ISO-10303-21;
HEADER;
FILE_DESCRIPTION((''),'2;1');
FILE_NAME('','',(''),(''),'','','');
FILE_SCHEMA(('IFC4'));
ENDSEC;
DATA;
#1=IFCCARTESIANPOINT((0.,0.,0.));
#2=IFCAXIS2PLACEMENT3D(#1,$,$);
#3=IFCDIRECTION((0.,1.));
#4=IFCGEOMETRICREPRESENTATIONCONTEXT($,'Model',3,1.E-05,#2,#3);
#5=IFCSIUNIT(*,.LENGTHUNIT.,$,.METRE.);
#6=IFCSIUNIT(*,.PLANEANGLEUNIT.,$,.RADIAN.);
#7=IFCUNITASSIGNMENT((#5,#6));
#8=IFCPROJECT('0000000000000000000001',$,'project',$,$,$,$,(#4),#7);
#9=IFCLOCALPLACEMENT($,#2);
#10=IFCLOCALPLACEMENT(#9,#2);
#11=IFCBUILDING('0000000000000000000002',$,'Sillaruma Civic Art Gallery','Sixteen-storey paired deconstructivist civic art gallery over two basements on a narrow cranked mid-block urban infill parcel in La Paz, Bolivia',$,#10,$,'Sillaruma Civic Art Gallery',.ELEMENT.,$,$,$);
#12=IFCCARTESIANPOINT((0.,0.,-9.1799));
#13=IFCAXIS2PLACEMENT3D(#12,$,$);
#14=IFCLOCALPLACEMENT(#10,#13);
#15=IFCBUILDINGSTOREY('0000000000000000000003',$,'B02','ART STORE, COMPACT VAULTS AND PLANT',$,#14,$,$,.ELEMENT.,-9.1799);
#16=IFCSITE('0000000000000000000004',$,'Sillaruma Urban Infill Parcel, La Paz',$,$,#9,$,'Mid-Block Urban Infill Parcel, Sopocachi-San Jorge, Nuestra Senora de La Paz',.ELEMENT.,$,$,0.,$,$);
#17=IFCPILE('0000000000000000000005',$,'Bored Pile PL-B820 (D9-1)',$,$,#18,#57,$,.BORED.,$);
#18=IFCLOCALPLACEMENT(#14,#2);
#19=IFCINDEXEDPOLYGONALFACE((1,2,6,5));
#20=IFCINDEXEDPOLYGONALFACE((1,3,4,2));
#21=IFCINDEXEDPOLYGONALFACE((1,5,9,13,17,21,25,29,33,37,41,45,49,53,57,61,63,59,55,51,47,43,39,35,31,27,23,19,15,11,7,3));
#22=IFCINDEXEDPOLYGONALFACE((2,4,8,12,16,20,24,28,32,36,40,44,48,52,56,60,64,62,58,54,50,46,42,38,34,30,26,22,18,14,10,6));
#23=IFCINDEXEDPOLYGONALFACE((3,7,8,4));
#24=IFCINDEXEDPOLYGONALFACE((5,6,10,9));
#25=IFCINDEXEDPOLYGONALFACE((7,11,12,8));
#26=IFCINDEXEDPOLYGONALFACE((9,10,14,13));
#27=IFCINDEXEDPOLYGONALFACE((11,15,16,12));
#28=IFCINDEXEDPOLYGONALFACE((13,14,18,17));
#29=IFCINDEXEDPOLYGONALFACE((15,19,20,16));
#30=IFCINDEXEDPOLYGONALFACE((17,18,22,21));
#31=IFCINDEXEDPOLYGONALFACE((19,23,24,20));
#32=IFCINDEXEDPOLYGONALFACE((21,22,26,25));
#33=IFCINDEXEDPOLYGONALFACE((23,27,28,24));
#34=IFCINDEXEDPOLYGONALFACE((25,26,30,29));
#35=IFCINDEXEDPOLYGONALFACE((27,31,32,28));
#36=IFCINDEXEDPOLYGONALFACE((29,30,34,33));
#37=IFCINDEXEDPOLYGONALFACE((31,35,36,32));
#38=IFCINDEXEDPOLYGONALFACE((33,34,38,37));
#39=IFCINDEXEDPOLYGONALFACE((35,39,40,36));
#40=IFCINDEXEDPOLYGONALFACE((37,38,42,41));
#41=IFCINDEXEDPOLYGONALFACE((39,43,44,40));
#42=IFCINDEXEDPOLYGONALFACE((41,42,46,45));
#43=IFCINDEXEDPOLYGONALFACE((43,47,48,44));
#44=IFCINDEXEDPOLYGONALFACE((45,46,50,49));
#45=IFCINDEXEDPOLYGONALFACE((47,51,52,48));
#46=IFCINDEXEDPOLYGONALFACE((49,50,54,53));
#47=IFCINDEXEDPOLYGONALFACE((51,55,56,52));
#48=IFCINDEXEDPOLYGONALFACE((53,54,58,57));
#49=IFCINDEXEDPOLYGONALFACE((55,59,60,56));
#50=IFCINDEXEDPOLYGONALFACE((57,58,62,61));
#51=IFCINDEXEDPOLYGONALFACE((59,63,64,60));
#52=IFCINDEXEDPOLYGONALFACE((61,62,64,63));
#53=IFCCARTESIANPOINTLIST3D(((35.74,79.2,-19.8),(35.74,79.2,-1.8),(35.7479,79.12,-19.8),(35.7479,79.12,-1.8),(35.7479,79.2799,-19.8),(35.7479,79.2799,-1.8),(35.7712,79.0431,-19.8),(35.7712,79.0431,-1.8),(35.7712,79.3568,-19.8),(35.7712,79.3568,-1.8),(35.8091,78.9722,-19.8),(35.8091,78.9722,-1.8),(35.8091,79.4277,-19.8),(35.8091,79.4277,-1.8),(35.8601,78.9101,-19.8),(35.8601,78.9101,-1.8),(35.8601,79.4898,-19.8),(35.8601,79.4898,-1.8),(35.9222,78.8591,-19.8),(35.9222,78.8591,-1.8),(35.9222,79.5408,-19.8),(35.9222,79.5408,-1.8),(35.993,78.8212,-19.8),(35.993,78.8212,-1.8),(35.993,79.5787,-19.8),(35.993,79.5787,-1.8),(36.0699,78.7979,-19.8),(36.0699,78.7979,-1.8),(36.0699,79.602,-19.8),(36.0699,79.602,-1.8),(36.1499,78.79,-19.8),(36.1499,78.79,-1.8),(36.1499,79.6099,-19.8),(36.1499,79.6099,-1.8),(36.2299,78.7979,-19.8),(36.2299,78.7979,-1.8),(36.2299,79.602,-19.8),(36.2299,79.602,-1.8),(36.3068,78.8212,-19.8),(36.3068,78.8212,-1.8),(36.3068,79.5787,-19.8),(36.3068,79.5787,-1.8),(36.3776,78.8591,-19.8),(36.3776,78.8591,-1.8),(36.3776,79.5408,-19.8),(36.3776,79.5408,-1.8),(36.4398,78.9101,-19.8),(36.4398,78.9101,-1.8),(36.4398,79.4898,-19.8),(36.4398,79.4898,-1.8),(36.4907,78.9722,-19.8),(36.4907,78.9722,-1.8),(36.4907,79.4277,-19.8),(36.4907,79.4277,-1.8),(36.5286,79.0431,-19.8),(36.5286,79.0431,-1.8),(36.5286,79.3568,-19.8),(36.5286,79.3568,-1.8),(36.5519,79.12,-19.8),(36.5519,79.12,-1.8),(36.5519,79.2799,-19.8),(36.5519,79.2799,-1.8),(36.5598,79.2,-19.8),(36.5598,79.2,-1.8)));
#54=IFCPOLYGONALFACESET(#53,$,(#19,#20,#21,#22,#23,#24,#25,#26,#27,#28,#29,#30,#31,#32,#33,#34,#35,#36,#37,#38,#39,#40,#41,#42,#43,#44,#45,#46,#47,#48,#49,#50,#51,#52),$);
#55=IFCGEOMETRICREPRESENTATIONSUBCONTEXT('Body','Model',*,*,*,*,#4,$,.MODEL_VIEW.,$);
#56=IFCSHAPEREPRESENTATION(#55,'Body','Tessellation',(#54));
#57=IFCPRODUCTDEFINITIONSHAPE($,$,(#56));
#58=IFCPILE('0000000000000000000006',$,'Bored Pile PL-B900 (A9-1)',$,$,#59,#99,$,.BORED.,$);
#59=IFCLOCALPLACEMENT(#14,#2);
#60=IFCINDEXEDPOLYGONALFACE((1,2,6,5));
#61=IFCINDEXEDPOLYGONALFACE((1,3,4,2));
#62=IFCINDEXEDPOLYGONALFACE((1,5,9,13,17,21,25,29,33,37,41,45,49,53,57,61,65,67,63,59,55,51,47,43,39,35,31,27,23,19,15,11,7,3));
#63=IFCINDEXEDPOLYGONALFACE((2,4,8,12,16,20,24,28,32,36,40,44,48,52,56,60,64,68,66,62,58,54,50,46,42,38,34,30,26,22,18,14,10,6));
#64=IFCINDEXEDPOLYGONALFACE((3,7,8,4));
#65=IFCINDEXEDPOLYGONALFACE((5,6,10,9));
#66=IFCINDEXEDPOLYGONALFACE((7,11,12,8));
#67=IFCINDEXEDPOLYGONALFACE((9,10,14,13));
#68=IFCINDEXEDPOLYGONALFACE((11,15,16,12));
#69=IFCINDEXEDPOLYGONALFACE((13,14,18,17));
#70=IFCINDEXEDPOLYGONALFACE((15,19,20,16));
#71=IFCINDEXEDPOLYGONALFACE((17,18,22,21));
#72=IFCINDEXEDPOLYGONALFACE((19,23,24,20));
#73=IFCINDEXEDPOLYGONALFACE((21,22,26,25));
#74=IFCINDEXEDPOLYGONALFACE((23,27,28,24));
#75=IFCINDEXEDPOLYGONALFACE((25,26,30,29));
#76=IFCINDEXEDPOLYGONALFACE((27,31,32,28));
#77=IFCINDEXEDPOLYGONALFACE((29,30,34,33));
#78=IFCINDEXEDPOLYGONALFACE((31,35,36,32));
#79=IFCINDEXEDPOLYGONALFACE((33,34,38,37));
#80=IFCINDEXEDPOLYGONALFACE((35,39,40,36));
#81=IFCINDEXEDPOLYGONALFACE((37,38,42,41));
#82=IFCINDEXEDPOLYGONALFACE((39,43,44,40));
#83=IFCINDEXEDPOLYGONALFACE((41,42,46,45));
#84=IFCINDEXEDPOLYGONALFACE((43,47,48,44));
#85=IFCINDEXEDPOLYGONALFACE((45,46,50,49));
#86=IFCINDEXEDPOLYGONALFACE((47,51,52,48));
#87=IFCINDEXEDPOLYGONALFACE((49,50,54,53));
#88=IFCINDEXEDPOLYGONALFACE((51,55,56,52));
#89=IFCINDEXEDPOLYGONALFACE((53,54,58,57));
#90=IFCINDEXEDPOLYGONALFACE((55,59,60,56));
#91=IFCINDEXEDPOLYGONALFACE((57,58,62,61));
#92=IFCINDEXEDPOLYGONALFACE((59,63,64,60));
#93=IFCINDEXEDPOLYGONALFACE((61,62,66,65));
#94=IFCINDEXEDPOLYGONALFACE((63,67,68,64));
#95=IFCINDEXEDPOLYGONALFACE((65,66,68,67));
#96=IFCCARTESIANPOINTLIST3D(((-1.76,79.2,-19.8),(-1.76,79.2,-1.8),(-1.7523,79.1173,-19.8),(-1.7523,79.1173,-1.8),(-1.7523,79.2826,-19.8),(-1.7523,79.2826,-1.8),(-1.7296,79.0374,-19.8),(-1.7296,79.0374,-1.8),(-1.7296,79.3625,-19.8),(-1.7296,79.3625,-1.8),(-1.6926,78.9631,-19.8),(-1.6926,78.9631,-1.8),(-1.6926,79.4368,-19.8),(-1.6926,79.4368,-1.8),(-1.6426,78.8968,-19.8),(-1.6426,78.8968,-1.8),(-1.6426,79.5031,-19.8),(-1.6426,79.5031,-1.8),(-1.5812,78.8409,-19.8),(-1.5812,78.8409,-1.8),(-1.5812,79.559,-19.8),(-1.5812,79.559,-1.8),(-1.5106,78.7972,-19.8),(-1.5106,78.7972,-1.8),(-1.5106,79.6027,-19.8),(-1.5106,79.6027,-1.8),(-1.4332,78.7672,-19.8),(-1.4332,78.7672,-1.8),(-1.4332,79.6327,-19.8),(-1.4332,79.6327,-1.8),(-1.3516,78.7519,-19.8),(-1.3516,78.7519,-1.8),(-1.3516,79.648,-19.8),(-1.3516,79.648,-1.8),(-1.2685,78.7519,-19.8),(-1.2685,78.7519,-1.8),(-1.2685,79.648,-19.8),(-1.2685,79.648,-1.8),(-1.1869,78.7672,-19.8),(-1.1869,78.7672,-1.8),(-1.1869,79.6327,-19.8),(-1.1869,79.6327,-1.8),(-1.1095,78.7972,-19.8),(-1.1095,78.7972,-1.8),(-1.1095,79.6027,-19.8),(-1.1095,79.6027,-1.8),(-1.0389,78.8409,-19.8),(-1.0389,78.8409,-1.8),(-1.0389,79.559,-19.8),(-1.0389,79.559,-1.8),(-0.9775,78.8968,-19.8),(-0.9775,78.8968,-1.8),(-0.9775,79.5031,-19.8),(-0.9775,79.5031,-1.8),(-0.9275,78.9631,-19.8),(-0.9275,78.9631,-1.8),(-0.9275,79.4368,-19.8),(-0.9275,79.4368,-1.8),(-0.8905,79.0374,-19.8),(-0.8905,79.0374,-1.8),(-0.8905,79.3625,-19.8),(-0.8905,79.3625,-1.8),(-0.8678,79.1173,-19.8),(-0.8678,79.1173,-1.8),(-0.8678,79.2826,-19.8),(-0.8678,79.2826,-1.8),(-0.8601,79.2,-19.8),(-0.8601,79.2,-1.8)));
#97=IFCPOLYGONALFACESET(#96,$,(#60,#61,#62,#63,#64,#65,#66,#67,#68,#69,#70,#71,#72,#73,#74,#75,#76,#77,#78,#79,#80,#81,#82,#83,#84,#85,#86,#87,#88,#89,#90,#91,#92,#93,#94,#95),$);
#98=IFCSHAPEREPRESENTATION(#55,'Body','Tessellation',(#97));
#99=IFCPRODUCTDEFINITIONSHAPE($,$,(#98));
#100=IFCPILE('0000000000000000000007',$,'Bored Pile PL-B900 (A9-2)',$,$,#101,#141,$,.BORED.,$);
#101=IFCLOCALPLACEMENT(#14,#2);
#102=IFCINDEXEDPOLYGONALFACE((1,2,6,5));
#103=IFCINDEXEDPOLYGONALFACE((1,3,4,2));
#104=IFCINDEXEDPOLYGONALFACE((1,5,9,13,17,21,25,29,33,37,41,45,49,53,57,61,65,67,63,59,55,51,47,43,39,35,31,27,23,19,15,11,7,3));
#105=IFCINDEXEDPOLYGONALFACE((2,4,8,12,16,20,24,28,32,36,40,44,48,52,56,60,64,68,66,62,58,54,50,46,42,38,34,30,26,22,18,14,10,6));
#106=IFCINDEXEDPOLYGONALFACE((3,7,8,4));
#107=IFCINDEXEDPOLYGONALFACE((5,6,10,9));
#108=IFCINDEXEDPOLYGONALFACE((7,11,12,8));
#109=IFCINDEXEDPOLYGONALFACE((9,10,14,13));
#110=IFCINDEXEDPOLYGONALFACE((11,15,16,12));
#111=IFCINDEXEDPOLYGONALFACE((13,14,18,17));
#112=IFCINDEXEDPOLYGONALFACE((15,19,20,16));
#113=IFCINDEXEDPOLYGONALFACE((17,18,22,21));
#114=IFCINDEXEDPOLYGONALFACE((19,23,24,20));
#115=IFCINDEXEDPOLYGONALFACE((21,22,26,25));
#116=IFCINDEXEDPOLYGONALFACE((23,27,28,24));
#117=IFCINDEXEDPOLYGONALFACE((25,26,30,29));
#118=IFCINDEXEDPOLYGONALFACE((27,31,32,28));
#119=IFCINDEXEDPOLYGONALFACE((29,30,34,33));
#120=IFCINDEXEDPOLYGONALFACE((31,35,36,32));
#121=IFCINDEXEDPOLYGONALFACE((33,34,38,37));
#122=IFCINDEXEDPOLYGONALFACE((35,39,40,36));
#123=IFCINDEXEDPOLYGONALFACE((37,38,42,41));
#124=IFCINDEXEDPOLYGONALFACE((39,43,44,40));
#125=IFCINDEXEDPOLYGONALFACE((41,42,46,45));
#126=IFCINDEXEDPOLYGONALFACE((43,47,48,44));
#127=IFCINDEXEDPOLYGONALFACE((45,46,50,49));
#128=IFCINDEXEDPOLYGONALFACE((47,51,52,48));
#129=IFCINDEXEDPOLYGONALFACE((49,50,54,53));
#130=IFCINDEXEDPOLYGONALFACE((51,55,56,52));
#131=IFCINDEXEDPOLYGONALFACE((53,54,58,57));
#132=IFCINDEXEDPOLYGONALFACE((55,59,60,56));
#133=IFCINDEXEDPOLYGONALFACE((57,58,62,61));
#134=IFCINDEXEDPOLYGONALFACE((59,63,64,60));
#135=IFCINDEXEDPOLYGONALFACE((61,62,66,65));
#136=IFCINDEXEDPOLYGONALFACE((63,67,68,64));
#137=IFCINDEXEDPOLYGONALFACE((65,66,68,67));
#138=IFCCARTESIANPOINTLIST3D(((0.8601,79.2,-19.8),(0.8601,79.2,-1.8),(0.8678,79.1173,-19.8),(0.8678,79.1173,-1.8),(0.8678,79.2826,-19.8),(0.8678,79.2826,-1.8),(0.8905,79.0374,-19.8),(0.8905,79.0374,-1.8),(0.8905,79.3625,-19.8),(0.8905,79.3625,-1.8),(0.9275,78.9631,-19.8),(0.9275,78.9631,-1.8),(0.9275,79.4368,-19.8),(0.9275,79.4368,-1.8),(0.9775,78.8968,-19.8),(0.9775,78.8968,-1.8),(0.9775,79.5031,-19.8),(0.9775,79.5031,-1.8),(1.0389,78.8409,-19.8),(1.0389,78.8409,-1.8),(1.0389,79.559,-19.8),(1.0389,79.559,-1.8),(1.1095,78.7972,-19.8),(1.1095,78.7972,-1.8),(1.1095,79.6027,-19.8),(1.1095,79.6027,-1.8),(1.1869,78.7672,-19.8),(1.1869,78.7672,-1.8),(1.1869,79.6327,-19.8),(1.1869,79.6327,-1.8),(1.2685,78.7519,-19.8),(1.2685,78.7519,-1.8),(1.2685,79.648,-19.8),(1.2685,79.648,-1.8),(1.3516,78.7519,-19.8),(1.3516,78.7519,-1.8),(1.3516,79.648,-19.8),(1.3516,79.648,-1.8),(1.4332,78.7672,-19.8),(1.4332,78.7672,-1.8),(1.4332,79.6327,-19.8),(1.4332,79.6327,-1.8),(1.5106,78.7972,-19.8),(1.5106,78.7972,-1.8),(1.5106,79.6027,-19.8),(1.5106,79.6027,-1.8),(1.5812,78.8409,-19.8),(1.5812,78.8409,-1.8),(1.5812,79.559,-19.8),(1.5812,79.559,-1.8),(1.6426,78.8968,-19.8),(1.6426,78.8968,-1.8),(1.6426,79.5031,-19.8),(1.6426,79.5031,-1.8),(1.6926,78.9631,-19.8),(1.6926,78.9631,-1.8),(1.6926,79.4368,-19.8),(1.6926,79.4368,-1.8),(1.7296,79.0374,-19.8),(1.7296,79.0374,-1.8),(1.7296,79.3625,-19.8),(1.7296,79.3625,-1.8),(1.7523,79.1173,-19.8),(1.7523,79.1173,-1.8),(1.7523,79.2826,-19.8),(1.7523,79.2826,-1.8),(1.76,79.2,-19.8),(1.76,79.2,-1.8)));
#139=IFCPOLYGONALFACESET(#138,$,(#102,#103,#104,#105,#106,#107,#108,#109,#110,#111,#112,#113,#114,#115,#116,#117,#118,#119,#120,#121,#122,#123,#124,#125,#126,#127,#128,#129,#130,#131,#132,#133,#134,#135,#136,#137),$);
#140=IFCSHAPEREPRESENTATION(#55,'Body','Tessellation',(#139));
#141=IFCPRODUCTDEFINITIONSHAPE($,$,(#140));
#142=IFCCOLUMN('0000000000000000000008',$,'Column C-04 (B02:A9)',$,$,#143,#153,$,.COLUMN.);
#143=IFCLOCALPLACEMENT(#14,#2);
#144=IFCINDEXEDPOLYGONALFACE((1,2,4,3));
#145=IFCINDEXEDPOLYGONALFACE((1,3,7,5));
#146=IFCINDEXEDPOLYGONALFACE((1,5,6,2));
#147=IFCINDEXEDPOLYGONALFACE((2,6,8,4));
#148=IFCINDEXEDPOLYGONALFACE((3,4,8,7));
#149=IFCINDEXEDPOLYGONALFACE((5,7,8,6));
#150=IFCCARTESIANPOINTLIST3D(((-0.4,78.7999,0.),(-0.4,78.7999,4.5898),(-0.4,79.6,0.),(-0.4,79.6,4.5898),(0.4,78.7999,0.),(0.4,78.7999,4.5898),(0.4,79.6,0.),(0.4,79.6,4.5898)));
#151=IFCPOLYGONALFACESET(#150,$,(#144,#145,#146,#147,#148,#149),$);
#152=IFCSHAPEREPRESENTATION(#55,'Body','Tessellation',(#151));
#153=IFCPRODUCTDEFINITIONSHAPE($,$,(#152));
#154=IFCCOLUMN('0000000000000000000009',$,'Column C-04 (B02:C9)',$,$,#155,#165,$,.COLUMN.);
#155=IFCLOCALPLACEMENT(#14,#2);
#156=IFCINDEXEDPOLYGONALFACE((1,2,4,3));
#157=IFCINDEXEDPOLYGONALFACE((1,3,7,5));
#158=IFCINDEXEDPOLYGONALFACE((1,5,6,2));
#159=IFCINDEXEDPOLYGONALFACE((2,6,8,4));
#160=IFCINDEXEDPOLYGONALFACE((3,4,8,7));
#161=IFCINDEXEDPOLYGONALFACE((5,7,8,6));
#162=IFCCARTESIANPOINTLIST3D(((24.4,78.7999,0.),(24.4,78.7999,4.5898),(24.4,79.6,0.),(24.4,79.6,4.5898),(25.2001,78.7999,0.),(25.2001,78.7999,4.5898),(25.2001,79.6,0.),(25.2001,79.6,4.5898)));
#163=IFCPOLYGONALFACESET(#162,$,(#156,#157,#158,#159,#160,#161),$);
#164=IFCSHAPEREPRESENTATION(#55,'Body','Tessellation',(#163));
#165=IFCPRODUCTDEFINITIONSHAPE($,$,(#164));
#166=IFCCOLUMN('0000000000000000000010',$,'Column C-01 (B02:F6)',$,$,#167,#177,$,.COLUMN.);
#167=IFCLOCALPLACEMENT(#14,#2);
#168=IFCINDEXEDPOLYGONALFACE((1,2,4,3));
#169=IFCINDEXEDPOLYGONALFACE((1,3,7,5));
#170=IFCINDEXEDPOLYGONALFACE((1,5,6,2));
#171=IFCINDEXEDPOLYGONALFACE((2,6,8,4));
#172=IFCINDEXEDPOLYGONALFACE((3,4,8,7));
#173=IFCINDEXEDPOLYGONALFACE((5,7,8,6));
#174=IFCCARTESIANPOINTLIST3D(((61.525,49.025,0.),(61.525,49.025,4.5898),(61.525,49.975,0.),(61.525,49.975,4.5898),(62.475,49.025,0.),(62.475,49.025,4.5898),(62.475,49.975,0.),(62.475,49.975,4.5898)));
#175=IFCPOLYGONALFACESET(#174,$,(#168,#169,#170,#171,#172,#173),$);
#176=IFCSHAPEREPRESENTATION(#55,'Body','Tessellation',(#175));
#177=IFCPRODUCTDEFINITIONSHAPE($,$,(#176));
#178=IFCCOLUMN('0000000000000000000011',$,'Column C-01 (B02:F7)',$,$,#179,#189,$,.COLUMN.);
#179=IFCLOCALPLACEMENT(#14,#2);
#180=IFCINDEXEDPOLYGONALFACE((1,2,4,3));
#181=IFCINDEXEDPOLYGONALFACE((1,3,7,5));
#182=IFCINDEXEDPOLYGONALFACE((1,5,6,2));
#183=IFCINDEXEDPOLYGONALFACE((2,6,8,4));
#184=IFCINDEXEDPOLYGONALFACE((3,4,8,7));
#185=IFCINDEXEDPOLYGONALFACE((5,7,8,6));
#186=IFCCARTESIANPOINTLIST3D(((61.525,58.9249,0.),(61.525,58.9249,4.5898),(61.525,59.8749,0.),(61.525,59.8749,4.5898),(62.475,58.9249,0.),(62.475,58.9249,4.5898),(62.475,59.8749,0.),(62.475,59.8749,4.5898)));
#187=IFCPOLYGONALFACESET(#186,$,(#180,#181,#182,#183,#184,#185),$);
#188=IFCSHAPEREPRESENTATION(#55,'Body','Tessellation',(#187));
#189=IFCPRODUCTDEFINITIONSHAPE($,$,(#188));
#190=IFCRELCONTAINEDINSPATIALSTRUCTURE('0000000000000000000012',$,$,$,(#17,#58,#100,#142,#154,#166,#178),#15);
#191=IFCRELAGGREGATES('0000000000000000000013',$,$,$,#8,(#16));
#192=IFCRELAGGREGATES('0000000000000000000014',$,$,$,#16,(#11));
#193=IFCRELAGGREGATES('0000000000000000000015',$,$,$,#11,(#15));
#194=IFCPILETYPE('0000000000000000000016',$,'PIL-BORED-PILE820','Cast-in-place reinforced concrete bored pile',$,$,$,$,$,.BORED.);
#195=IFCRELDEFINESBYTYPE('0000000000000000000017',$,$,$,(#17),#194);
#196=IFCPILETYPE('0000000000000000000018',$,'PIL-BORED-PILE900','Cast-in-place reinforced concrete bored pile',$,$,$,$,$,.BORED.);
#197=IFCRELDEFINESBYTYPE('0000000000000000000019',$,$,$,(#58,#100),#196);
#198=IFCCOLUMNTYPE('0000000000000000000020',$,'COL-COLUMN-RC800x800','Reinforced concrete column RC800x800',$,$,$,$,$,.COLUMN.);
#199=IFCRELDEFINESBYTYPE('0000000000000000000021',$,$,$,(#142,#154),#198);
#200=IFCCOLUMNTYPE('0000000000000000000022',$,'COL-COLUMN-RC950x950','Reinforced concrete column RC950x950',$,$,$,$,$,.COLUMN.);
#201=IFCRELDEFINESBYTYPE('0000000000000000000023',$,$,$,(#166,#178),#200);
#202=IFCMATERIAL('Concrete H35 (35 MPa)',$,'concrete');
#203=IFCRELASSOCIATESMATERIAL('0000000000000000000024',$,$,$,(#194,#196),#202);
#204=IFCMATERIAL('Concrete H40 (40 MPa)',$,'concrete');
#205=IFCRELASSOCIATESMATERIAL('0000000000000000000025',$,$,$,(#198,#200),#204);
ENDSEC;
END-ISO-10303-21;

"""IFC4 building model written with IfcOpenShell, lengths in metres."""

from ifc_helpers import new_model, si_unit, direction, frame, origin, origin_2d, place, context, subcontext, project, spatial, rectangle, circle, extrude, material, material_profile, profile_set, type_object, element, save


model = new_model("IFC4")

# Units and contexts
model_context = context("Model", 3, precision=1e-05, world=origin(), true_north=direction((0.0, 1.0)))
body_context = subcontext(model_context, "Body", "Model", "MODEL_VIEW")
ifc_project = project(units=[si_unit("LENGTHUNIT", "METRE"), si_unit("PLANEANGLEUNIT", "RADIAN")], contexts=[model_context])

# Site, building, storey
site_placement = place(None, origin())
site = spatial("IfcSite", under=ifc_project, at=site_placement, Name="Sillaruma Urban Infill Parcel, La Paz", LongName="Mid-Block Urban Infill Parcel, Sopocachi-San Jorge, Nuestra Senora de La Paz", CompositionType="ELEMENT", RefElevation=0.0)
building_placement = place(site_placement, origin())
building = spatial("IfcBuilding", under=site, at=building_placement, Name="Sillaruma Civic Art Gallery", Description="Sixteen-storey paired deconstructivist civic art gallery over two basements on a narrow cranked mid-block urban infill parcel in La Paz, Bolivia", LongName="Sillaruma Civic Art Gallery", CompositionType="ELEMENT")
storey_placement = place(building_placement, frame((0.0, 0.0, -9.1799)))
storey = spatial("IfcBuildingStorey", under=building, at=storey_placement, Name="B02", Description="ART STORE, COMPACT VAULTS AND PLANT", CompositionType="ELEMENT", Elevation=-9.1799)

# Shared definitions
ifc_material_1 = material(Name="Concrete H35 (35 MPa)", Category="concrete")

# Piles
ifc_material_profile_1 = material_profile(ifc_material_1, circle(Radius=0.4099, at=origin_2d()), Name="PILE820")
ifc_profile_set_1 = profile_set([ifc_material_profile_1], Name="Concrete H35 (35 MPa)")
pile_type_1 = type_object("IfcPileType", Name="PIL-BORED-PILE820", Description="Cast-in-place reinforced concrete bored pile", PredefinedType="BORED", material=ifc_profile_set_1)
for number, where, z_axis, x_axis, name in (
    (1, (36.1499, 79.2, -1.8), (0.0, 0.0, -1.0), (1.0, 0.0, 0.0), "Bored Pile PL-B820 (D9-1)"),
):
    element("IfcPile", number, at=place(storey_placement, frame(where, z_axis=z_axis, x_axis=x_axis)), inside=storey, type_object=pile_type_1, Name=name, PredefinedType="BORED", context=body_context, shape_type="SweptSolid", body=[
        extrude(circle(Radius=0.4099, at=origin_2d()), origin(), (0.0, 0.0, 1.0), 18.0),
    ])
ifc_material_profile_2 = material_profile(ifc_material_1, circle(Radius=0.45, at=origin_2d()), Name="PILE900")
ifc_profile_set_2 = profile_set([ifc_material_profile_2], Name="Concrete H35 (35 MPa)")
pile_type_2 = type_object("IfcPileType", Name="PIL-BORED-PILE900", Description="Cast-in-place reinforced concrete bored pile", PredefinedType="BORED", material=ifc_profile_set_2)
for number, where, z_axis, x_axis, name in (
    (2, (-1.3101, 79.2, -1.8), (0.0, 0.0, -1.0), (1.0, 0.0, 0.0), "Bored Pile PL-B900 (A9-1)"),
    (3, (1.3101, 79.2, -1.8), (0.0, 0.0, -1.0), (1.0, 0.0, 0.0), "Bored Pile PL-B900 (A9-2)"),
):
    element("IfcPile", number, at=place(storey_placement, frame(where, z_axis=z_axis, x_axis=x_axis)), inside=storey, type_object=pile_type_2, Name=name, PredefinedType="BORED", context=body_context, shape_type="SweptSolid", body=[
        extrude(circle(Radius=0.45, at=origin_2d()), origin(), (0.0, 0.0, 1.0), 18.0),
    ])

# Columns
ifc_material_2 = material(Name="Concrete H40 (40 MPa)", Category="concrete")
ifc_material_profile_3 = material_profile(ifc_material_2, rectangle(XDim=0.8, YDim=0.8, at=origin_2d()), Name="RC800x800")
ifc_profile_set_3 = profile_set([ifc_material_profile_3], Name="Concrete H40 (40 MPa)")
column_type_1 = type_object("IfcColumnType", Name="COL-COLUMN-RC800x800", Description="Reinforced concrete column RC800x800", PredefinedType="COLUMN", material=ifc_profile_set_3)
for number, where, z_axis, x_axis, name in (
    (4, (0.0, 79.2, 0.0), (0.0, 0.0, 1.0), (1.0, 0.0, 0.0), "Column C-04 (B02:A9)"),
    (5, (24.8, 79.2, 0.0), (0.0, 0.0, 1.0), (1.0, 0.0, 0.0), "Column C-04 (B02:C9)"),
):
    element("IfcColumn", number, at=place(storey_placement, frame(where, z_axis=z_axis, x_axis=x_axis)), inside=storey, type_object=column_type_1, Name=name, PredefinedType="COLUMN", context=body_context, shape_type="SweptSolid", body=[
        extrude(rectangle(XDim=0.8, YDim=0.8, at=origin_2d()), origin(), (0.0, 0.0, 1.0), 4.5898),
    ])
ifc_material_profile_4 = material_profile(ifc_material_2, rectangle(XDim=0.95, YDim=0.95, at=origin_2d()), Name="RC950x950")
ifc_profile_set_4 = profile_set([ifc_material_profile_4], Name="Concrete H40 (40 MPa)")
column_type_2 = type_object("IfcColumnType", Name="COL-COLUMN-RC950x950", Description="Reinforced concrete column RC950x950", PredefinedType="COLUMN", material=ifc_profile_set_4)
for number, where, z_axis, x_axis, name in (
    (6, (62.0, 49.5, 0.0), (0.0, 0.0, 1.0), (1.0, 0.0, 0.0), "Column C-01 (B02:F6)"),
    (7, (62.0, 59.3999, 0.0), (0.0, 0.0, 1.0), (1.0, 0.0, 0.0), "Column C-01 (B02:F7)"),
):
    element("IfcColumn", number, at=place(storey_placement, frame(where, z_axis=z_axis, x_axis=x_axis)), inside=storey, type_object=column_type_2, Name=name, PredefinedType="COLUMN", context=body_context, shape_type="SweptSolid", body=[
        extrude(rectangle(XDim=0.95, YDim=0.95, at=origin_2d()), origin(), (0.0, 0.0, 1.0), 4.5898),
    ])

save(model, "model.ifc")
